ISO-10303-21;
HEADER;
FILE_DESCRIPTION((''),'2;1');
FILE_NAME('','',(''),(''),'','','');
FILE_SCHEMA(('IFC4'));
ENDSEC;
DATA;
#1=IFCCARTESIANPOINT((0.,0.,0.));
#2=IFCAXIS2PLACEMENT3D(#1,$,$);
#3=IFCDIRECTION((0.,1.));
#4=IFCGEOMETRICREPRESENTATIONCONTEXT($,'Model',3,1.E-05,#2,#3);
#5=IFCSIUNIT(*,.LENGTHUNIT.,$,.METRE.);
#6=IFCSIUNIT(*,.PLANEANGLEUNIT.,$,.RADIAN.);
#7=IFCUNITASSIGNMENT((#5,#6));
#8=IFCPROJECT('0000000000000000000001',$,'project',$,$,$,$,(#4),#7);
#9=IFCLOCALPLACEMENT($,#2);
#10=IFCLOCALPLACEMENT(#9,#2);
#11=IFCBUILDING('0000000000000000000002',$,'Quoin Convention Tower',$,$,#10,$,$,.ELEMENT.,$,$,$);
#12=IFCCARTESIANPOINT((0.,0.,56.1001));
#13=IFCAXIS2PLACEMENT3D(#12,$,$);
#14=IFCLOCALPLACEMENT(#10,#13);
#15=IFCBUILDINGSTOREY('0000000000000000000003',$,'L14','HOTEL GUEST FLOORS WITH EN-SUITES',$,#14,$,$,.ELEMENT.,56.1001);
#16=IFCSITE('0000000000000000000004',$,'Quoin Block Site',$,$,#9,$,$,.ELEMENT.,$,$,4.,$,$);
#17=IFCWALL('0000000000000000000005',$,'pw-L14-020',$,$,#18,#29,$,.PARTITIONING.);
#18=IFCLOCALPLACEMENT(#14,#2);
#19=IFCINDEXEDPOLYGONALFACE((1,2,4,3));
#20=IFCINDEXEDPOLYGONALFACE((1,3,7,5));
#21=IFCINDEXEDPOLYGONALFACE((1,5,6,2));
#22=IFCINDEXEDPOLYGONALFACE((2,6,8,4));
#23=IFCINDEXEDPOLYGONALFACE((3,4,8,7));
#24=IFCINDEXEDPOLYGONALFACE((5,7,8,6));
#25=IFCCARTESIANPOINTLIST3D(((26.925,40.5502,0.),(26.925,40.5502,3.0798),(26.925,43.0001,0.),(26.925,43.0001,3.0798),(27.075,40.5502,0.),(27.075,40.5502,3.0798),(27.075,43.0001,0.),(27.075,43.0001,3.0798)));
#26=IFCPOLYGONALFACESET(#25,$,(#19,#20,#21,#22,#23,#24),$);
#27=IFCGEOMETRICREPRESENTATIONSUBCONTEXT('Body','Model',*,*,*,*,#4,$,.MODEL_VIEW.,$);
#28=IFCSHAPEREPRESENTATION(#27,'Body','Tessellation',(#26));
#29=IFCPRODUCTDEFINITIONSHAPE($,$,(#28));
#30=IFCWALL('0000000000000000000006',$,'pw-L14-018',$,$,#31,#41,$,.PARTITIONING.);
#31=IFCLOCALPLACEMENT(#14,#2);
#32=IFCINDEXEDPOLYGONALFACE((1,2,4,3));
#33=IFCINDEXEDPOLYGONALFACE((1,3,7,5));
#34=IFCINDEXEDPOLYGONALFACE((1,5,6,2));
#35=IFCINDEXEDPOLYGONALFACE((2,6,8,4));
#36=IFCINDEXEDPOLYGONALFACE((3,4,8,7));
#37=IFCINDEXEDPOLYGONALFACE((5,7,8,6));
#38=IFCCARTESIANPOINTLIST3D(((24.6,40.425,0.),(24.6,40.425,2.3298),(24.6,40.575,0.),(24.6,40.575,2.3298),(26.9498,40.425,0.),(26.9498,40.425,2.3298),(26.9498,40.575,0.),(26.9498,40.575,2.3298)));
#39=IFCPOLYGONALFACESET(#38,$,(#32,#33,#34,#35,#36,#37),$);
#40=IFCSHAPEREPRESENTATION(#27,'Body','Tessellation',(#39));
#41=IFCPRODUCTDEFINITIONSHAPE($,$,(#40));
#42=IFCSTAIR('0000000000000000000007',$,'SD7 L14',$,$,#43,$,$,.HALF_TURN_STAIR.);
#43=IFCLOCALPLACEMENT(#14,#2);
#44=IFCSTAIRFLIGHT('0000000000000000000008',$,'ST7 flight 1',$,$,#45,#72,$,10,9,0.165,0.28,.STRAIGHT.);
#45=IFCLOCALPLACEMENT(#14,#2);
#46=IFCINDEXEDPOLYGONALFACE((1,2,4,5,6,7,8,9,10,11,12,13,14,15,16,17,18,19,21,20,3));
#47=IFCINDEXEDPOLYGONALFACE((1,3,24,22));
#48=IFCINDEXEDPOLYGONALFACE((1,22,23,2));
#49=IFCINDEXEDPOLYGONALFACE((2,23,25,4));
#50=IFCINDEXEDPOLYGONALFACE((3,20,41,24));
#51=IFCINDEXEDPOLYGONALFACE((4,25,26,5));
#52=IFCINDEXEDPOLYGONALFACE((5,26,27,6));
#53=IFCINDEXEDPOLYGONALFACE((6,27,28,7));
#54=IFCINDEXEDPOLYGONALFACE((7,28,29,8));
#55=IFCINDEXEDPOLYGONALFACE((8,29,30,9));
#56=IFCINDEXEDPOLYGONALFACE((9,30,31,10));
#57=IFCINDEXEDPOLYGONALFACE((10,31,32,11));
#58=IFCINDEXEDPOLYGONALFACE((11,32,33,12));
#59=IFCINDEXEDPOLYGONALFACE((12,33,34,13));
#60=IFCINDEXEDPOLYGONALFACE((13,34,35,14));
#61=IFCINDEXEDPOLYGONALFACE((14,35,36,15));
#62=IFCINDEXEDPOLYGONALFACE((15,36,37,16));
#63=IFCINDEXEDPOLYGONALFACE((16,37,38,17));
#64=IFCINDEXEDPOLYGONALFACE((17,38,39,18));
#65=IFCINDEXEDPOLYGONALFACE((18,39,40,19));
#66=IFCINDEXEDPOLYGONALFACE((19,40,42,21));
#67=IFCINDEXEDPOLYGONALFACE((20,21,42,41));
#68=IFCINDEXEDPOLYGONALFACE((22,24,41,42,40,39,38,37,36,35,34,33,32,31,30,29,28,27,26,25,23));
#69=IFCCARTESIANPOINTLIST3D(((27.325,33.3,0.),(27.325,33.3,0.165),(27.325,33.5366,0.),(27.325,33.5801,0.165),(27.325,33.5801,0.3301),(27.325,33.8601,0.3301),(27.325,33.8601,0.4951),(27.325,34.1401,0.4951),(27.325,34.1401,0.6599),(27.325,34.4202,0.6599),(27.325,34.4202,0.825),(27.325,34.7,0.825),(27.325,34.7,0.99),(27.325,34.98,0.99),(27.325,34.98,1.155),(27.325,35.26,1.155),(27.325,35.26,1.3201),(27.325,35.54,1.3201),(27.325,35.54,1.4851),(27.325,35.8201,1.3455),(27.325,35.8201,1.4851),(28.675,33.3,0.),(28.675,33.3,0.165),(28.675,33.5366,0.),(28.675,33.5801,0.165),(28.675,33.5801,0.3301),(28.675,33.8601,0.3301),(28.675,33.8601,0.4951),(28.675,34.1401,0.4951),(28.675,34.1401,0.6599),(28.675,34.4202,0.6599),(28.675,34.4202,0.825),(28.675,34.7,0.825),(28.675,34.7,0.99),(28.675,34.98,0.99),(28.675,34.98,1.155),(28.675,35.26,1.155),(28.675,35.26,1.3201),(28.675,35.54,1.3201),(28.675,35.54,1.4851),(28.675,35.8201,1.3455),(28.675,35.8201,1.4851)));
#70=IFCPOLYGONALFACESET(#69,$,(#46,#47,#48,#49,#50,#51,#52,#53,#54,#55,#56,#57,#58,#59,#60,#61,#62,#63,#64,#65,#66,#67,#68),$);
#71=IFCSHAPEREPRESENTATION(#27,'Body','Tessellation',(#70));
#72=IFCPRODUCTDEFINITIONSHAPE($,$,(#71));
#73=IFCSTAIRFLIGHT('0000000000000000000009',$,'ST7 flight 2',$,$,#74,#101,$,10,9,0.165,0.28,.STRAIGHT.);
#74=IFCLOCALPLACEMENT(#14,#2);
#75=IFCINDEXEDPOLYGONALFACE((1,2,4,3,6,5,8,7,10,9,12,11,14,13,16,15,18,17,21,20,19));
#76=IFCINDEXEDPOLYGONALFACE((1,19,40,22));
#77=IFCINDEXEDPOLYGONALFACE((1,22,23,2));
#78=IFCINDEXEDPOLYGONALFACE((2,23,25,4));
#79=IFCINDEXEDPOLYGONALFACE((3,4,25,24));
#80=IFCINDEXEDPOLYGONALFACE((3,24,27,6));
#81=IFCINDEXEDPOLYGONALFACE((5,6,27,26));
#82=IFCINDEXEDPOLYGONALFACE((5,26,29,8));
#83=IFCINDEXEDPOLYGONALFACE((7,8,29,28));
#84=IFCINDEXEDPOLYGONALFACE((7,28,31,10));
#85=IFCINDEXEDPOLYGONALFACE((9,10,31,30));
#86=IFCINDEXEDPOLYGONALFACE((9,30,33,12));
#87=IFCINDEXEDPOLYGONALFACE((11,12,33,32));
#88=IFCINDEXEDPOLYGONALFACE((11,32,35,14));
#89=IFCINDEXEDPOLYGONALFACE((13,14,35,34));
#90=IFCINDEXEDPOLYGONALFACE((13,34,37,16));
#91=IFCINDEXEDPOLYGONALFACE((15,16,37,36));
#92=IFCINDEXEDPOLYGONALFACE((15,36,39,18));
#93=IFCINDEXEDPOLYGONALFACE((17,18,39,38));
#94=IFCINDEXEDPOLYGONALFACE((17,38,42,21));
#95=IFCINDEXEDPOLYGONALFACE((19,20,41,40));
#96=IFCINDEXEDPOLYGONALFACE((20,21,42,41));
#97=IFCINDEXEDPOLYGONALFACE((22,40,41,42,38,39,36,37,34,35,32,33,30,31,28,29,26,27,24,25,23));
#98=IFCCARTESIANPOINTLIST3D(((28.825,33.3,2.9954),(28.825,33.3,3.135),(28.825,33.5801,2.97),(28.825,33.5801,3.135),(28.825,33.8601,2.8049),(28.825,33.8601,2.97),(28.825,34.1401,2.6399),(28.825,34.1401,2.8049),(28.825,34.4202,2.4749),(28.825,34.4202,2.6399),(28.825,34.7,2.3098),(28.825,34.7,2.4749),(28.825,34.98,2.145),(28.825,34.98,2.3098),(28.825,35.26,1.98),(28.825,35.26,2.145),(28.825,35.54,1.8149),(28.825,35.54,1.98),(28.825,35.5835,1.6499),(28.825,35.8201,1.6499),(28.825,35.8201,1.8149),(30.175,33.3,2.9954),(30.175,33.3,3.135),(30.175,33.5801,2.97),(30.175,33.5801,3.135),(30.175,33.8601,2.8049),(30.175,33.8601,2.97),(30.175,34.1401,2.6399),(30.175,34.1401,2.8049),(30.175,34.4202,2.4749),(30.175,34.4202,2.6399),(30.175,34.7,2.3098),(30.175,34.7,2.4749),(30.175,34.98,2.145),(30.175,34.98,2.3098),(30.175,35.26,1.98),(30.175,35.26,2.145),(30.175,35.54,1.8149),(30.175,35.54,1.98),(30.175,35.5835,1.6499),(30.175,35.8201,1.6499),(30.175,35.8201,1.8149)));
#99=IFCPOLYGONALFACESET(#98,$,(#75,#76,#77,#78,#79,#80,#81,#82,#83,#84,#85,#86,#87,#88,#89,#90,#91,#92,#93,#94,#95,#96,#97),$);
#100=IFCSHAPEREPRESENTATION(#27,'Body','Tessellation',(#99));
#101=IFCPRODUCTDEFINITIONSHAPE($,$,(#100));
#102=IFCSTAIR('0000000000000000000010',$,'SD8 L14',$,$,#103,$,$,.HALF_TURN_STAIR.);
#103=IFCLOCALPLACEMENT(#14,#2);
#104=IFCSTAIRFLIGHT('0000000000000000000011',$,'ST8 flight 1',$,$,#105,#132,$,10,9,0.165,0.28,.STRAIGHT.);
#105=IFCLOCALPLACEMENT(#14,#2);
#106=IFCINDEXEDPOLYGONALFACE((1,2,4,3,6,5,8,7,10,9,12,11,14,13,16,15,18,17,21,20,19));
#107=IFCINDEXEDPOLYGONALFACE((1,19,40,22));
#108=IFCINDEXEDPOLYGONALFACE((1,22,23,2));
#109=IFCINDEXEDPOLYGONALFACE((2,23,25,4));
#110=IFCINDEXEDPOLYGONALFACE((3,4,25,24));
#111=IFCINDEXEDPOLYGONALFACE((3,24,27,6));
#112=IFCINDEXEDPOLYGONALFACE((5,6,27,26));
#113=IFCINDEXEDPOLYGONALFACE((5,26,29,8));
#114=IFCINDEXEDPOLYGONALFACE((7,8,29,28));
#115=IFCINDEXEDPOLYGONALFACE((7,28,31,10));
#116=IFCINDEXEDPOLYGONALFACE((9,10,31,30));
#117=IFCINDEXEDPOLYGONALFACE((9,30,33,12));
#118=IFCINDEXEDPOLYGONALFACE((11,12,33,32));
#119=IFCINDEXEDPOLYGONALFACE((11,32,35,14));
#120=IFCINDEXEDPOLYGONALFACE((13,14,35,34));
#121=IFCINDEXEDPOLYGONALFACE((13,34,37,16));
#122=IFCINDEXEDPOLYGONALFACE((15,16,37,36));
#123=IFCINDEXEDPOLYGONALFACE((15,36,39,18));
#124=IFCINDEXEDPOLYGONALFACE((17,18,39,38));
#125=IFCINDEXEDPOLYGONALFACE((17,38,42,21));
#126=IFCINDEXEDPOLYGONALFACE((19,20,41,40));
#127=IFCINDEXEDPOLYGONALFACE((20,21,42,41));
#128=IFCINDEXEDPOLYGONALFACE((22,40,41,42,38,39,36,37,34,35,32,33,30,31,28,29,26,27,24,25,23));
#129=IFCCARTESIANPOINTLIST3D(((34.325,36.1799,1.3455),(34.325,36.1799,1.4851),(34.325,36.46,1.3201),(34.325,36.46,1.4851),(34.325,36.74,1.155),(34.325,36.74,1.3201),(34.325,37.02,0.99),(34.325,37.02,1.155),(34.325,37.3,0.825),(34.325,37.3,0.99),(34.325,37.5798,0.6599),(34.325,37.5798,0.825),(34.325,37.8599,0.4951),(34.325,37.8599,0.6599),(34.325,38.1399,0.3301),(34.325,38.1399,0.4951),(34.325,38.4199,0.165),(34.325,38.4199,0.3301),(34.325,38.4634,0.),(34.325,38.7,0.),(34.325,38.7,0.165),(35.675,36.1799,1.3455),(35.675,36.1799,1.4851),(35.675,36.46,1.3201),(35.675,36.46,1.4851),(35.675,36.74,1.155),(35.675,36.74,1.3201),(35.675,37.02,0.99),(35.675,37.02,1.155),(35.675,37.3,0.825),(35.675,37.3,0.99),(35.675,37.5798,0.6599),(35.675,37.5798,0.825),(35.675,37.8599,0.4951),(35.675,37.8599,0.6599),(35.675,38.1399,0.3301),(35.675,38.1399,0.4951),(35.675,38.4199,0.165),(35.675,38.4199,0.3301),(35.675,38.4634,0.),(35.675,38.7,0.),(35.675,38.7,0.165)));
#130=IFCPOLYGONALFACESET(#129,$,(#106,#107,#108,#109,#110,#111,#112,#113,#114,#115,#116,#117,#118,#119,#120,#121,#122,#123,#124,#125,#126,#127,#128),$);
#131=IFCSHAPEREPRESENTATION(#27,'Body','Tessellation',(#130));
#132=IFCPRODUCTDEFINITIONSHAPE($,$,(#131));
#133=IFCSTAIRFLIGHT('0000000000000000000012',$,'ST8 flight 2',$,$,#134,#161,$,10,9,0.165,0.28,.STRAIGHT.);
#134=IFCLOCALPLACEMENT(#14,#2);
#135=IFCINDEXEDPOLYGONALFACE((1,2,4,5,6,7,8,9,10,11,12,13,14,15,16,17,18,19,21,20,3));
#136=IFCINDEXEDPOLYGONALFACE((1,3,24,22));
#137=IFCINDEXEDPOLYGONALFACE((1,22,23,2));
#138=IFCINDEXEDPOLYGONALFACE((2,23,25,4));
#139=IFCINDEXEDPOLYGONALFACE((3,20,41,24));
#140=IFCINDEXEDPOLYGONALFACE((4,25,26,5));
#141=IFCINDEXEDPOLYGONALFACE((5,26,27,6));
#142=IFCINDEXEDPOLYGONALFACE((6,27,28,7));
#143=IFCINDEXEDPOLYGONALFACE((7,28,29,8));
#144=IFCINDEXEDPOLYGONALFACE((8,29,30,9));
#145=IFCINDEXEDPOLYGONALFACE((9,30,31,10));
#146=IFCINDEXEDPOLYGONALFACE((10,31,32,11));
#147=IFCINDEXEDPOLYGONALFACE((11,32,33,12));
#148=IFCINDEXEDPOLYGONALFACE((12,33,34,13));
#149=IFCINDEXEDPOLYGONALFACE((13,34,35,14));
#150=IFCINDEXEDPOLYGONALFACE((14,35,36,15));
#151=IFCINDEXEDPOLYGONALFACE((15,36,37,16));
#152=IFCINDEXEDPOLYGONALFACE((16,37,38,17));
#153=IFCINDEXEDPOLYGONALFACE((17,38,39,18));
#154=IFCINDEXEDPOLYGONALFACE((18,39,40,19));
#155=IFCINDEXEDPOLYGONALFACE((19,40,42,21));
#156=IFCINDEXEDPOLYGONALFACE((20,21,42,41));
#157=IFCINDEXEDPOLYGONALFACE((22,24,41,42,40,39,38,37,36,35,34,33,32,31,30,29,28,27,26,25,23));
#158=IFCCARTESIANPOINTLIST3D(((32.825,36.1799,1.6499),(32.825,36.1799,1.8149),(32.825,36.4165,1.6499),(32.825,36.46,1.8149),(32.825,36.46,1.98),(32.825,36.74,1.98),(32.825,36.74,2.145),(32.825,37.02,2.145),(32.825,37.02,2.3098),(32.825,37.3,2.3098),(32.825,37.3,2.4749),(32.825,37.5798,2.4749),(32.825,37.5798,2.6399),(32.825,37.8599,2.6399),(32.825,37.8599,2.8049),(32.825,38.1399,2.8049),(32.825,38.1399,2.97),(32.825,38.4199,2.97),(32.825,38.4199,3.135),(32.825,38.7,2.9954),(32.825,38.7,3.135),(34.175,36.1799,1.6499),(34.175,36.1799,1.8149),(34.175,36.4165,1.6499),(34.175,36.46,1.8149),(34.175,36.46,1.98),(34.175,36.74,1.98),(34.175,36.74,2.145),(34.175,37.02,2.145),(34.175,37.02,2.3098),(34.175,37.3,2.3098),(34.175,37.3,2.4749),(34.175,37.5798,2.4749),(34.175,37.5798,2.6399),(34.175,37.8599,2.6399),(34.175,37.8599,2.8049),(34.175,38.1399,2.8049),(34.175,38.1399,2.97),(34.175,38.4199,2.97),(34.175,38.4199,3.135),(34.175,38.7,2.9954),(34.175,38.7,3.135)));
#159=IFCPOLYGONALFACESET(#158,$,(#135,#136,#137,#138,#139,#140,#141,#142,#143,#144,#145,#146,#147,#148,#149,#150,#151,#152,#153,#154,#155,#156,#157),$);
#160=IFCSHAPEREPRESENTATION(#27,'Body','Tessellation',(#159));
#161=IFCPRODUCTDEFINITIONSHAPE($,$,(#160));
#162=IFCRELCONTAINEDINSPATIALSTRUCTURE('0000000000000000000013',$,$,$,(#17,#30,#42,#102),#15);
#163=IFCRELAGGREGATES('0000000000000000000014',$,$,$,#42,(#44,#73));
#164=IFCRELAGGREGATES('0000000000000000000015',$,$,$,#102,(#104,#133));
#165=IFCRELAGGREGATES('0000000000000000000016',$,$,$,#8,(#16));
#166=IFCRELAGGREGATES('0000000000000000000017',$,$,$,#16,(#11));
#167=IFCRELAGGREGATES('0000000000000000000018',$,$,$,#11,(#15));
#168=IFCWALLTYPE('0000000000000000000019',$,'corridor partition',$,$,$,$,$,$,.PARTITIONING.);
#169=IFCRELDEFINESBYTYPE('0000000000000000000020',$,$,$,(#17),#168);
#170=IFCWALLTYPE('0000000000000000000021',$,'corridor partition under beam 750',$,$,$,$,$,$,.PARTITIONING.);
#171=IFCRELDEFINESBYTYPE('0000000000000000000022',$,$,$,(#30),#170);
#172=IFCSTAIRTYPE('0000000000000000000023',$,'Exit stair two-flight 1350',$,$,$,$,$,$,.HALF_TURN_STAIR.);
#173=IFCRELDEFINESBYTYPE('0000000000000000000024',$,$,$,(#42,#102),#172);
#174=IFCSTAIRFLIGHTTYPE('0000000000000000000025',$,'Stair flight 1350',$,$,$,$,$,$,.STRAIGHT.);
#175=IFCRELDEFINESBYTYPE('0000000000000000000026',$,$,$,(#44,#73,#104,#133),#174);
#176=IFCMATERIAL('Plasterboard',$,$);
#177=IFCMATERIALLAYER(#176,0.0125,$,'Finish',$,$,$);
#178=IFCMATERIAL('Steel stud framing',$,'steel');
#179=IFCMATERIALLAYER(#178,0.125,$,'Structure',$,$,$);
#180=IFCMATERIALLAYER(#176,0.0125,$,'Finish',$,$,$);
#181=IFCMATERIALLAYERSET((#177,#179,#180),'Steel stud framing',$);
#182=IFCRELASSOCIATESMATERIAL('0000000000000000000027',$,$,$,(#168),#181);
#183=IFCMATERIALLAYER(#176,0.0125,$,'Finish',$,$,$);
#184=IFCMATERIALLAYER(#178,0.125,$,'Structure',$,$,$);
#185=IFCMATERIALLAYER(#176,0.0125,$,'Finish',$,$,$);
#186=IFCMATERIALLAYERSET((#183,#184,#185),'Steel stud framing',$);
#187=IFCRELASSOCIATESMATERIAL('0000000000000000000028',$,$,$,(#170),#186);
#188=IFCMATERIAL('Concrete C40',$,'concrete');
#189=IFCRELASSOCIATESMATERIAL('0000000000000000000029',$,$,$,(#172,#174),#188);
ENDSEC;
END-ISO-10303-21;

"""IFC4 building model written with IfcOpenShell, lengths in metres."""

from ifc_helpers import new_model, si_unit, direction, frame, frame_2d, origin, place, context, subcontext, project, spatial, polyline, rectangle, outline, extrude, material, layer, layer_set, type_object, element, aggregate, save


model = new_model("IFC4")

# Units and contexts
model_context = context("Model", 3, precision=1e-05, world=origin(), true_north=direction((0.0, 1.0)))
body_context = subcontext(model_context, "Body", "Model", "MODEL_VIEW")
ifc_project = project(units=[si_unit("LENGTHUNIT", "METRE"), si_unit("PLANEANGLEUNIT", "RADIAN")], contexts=[model_context])

# Site, building, storey
site_placement = place(None, origin())
site = spatial("IfcSite", under=ifc_project, at=site_placement, Name="Quoin Block Site", CompositionType="ELEMENT", RefElevation=4.0)
building_placement = place(site_placement, origin())
building = spatial("IfcBuilding", under=site, at=building_placement, Name="Quoin Convention Tower", CompositionType="ELEMENT")
storey_placement = place(building_placement, frame((0.0, 0.0, 56.1001)))
storey = spatial("IfcBuildingStorey", under=building, at=storey_placement, Name="L14", Description="HOTEL GUEST FLOORS WITH EN-SUITES", CompositionType="ELEMENT", Elevation=56.1001)

# Walls
ifc_material_1 = material(Name="Plasterboard")
ifc_layer_1 = layer(ifc_material_1, 0.0125, Name="Finish")
ifc_material_2 = material(Name="Steel stud framing", Category="steel")
ifc_layer_2 = layer(ifc_material_2, 0.125, Name="Structure")
ifc_layer_3 = layer(ifc_material_1, 0.0125, Name="Finish")
ifc_layer_set_1 = layer_set([ifc_layer_1, ifc_layer_2, ifc_layer_3], Name="Steel stud framing")
wall_type_1 = type_object("IfcWallType", Name="corridor partition", PredefinedType="PARTITIONING", material=ifc_layer_set_1)
wall_1_placement = place(storey_placement, frame((27.0, 40.55, 0.0), z_axis=(0.0, 0.0, 1.0), x_axis=(0.0, 1.0, 0.0)))
element("IfcWall", 1, at=wall_1_placement, inside=storey, type_object=wall_type_1, Name="pw-L14-020", PredefinedType="PARTITIONING", context=body_context, shape_type="SweptSolid", body=[
    extrude(rectangle(XDim=2.45, YDim=0.1499, at=frame_2d((1.2251, 0.0))), origin(), (0.0, 0.0, 1.0), 3.0798),
])
ifc_layer_4 = layer(ifc_material_1, 0.0125, Name="Finish")
ifc_layer_5 = layer(ifc_material_2, 0.125, Name="Structure")
ifc_layer_6 = layer(ifc_material_1, 0.0125, Name="Finish")
ifc_layer_set_2 = layer_set([ifc_layer_4, ifc_layer_5, ifc_layer_6], Name="Steel stud framing")
wall_type_2 = type_object("IfcWallType", Name="corridor partition under beam 750", PredefinedType="PARTITIONING", material=ifc_layer_set_2)
wall_2_placement = place(storey_placement, frame((24.6001, 40.5, 0.0), z_axis=(0.0, 0.0, 1.0), x_axis=(1.0, 0.0, 0.0)))
element("IfcWall", 2, at=wall_2_placement, inside=storey, type_object=wall_type_2, Name="pw-L14-018", PredefinedType="PARTITIONING", context=body_context, shape_type="SweptSolid", body=[
    extrude(rectangle(XDim=2.3499, YDim=0.1499, at=frame_2d((1.1748, 0.0))), origin(), (0.0, 0.0, 1.0), 2.3298),
])

# Stairs, stair flights
ifc_material_3 = material(Name="Concrete C40", Category="concrete")
stair_type = type_object("IfcStairType", Name="Exit stair two-flight 1350", PredefinedType="HALF_TURN_STAIR", material=ifc_material_3)
stair_1_placement = place(storey_placement, origin())
stair_1 = element("IfcStair", 3, at=stair_1_placement, inside=storey, type_object=stair_type, Name="SD7 L14", PredefinedType="HALF_TURN_STAIR")
stair_flight_type = type_object("IfcStairFlightType", Name="Stair flight 1350", PredefinedType="STRAIGHT", material=ifc_material_3)
stair_flight_1_placement = place(storey_placement, frame((28.0, 33.3, 0.0), z_axis=(0.0, 0.0, 1.0), x_axis=(0.0, 1.0, 0.0)))
stair_flight_1 = element("IfcStairFlight", 4, at=stair_flight_1_placement, type_object=stair_flight_type, Name="ST7 flight 1", NumberOfRisers=10, NumberOfTreads=9, PredefinedType="STRAIGHT", RiserHeight=0.165, TreadLength=0.28, context=body_context, shape_type="SweptSolid", body=[
    extrude(outline(polyline([(0.0, 0.0), (0.0, 0.165), (0.28, 0.165), (0.28, 0.3301), (0.5601, 0.3301), (0.5601, 0.4951), (0.8401, 0.4951), (0.8401, 0.6599), (1.1201, 0.6599), (1.1201, 0.825), (1.3999, 0.825), (1.3999, 0.99), (1.6799, 0.99), (1.6799, 1.155), (1.96, 1.155), (1.96, 1.3201), (2.24, 1.3201), (2.24, 1.4851), (2.52, 1.4851), (2.52, 1.6499), (2.52, 1.3455), (0.2366, 0.0), (0.0, 0.0)])), frame((0.0, 0.675, 0.0), z_axis=(0.0, -1.0, 0.0), x_axis=(1.0, 0.0, 0.0)), (0.0, 0.0, 1.0), 1.3501),
])
stair_flight_2_placement = place(storey_placement, frame((29.5, 35.8201, 1.6499), z_axis=(0.0, 0.0, 1.0), x_axis=(0.0, -1.0, 0.0)))
stair_flight_2 = element("IfcStairFlight", 5, at=stair_flight_2_placement, type_object=stair_flight_type, Name="ST7 flight 2", NumberOfRisers=10, NumberOfTreads=9, PredefinedType="STRAIGHT", RiserHeight=0.165, TreadLength=0.28, context=body_context, shape_type="SweptSolid", body=[
    extrude(outline(polyline([(0.0, 0.0), (0.0, 0.165), (0.28, 0.165), (0.28, 0.3301), (0.5601, 0.3301), (0.5601, 0.4951), (0.8401, 0.4951), (0.8401, 0.6599), (1.1201, 0.6599), (1.1201, 0.825), (1.3999, 0.825), (1.3999, 0.99), (1.6799, 0.99), (1.6799, 1.155), (1.96, 1.155), (1.96, 1.3201), (2.24, 1.3201), (2.24, 1.4851), (2.52, 1.4851), (2.52, 1.6499), (2.52, 1.3455), (0.2366, 0.0), (0.0, 0.0)])), frame((0.0, 0.675, 0.0), z_axis=(0.0, -1.0, 0.0), x_axis=(1.0, 0.0, 0.0)), (0.0, 0.0, 1.0), 1.3501),
])
aggregate(stair_1, [stair_flight_1, stair_flight_2])
stair_2_placement = place(storey_placement, origin())
stair_2 = element("IfcStair", 6, at=stair_2_placement, inside=storey, type_object=stair_type, Name="SD8 L14", PredefinedType="HALF_TURN_STAIR")
stair_flight_3_placement = place(storey_placement, frame((35.0, 38.7, 0.0), z_axis=(0.0, 0.0, 1.0), x_axis=(0.0, -1.0, 0.0)))
stair_flight_3 = element("IfcStairFlight", 7, at=stair_flight_3_placement, type_object=stair_flight_type, Name="ST8 flight 1", NumberOfRisers=10, NumberOfTreads=9, PredefinedType="STRAIGHT", RiserHeight=0.165, TreadLength=0.28, context=body_context, shape_type="SweptSolid", body=[
    extrude(outline(polyline([(0.0, 0.0), (0.0, 0.165), (0.28, 0.165), (0.28, 0.3301), (0.5601, 0.3301), (0.5601, 0.4951), (0.8401, 0.4951), (0.8401, 0.6599), (1.1201, 0.6599), (1.1201, 0.825), (1.3999, 0.825), (1.3999, 0.99), (1.6799, 0.99), (1.6799, 1.155), (1.96, 1.155), (1.96, 1.3201), (2.24, 1.3201), (2.24, 1.4851), (2.52, 1.4851), (2.52, 1.6499), (2.52, 1.3455), (0.2366, 0.0), (0.0, 0.0)])), frame((0.0, 0.675, 0.0), z_axis=(0.0, -1.0, 0.0), x_axis=(1.0, 0.0, 0.0)), (0.0, 0.0, 1.0), 1.3501),
])
stair_flight_4_placement = place(storey_placement, frame((33.5, 36.1799, 1.6499), z_axis=(0.0, 0.0, 1.0), x_axis=(0.0, 1.0, 0.0)))
stair_flight_4 = element("IfcStairFlight", 8, at=stair_flight_4_placement, type_object=stair_flight_type, Name="ST8 flight 2", NumberOfRisers=10, NumberOfTreads=9, PredefinedType="STRAIGHT", RiserHeight=0.165, TreadLength=0.28, context=body_context, shape_type="SweptSolid", body=[
    extrude(outline(polyline([(0.0, 0.0), (0.0, 0.165), (0.28, 0.165), (0.28, 0.3301), (0.5601, 0.3301), (0.5601, 0.4951), (0.8401, 0.4951), (0.8401, 0.6599), (1.1201, 0.6599), (1.1201, 0.825), (1.3999, 0.825), (1.3999, 0.99), (1.6799, 0.99), (1.6799, 1.155), (1.96, 1.155), (1.96, 1.3201), (2.24, 1.3201), (2.24, 1.4851), (2.52, 1.4851), (2.52, 1.6499), (2.52, 1.3455), (0.2366, 0.0), (0.0, 0.0)])), frame((0.0, 0.675, 0.0), z_axis=(0.0, -1.0, 0.0), x_axis=(1.0, 0.0, 0.0)), (0.0, 0.0, 1.0), 1.3501),
])
aggregate(stair_2, [stair_flight_3, stair_flight_4])

save(model, "model.ifc")
